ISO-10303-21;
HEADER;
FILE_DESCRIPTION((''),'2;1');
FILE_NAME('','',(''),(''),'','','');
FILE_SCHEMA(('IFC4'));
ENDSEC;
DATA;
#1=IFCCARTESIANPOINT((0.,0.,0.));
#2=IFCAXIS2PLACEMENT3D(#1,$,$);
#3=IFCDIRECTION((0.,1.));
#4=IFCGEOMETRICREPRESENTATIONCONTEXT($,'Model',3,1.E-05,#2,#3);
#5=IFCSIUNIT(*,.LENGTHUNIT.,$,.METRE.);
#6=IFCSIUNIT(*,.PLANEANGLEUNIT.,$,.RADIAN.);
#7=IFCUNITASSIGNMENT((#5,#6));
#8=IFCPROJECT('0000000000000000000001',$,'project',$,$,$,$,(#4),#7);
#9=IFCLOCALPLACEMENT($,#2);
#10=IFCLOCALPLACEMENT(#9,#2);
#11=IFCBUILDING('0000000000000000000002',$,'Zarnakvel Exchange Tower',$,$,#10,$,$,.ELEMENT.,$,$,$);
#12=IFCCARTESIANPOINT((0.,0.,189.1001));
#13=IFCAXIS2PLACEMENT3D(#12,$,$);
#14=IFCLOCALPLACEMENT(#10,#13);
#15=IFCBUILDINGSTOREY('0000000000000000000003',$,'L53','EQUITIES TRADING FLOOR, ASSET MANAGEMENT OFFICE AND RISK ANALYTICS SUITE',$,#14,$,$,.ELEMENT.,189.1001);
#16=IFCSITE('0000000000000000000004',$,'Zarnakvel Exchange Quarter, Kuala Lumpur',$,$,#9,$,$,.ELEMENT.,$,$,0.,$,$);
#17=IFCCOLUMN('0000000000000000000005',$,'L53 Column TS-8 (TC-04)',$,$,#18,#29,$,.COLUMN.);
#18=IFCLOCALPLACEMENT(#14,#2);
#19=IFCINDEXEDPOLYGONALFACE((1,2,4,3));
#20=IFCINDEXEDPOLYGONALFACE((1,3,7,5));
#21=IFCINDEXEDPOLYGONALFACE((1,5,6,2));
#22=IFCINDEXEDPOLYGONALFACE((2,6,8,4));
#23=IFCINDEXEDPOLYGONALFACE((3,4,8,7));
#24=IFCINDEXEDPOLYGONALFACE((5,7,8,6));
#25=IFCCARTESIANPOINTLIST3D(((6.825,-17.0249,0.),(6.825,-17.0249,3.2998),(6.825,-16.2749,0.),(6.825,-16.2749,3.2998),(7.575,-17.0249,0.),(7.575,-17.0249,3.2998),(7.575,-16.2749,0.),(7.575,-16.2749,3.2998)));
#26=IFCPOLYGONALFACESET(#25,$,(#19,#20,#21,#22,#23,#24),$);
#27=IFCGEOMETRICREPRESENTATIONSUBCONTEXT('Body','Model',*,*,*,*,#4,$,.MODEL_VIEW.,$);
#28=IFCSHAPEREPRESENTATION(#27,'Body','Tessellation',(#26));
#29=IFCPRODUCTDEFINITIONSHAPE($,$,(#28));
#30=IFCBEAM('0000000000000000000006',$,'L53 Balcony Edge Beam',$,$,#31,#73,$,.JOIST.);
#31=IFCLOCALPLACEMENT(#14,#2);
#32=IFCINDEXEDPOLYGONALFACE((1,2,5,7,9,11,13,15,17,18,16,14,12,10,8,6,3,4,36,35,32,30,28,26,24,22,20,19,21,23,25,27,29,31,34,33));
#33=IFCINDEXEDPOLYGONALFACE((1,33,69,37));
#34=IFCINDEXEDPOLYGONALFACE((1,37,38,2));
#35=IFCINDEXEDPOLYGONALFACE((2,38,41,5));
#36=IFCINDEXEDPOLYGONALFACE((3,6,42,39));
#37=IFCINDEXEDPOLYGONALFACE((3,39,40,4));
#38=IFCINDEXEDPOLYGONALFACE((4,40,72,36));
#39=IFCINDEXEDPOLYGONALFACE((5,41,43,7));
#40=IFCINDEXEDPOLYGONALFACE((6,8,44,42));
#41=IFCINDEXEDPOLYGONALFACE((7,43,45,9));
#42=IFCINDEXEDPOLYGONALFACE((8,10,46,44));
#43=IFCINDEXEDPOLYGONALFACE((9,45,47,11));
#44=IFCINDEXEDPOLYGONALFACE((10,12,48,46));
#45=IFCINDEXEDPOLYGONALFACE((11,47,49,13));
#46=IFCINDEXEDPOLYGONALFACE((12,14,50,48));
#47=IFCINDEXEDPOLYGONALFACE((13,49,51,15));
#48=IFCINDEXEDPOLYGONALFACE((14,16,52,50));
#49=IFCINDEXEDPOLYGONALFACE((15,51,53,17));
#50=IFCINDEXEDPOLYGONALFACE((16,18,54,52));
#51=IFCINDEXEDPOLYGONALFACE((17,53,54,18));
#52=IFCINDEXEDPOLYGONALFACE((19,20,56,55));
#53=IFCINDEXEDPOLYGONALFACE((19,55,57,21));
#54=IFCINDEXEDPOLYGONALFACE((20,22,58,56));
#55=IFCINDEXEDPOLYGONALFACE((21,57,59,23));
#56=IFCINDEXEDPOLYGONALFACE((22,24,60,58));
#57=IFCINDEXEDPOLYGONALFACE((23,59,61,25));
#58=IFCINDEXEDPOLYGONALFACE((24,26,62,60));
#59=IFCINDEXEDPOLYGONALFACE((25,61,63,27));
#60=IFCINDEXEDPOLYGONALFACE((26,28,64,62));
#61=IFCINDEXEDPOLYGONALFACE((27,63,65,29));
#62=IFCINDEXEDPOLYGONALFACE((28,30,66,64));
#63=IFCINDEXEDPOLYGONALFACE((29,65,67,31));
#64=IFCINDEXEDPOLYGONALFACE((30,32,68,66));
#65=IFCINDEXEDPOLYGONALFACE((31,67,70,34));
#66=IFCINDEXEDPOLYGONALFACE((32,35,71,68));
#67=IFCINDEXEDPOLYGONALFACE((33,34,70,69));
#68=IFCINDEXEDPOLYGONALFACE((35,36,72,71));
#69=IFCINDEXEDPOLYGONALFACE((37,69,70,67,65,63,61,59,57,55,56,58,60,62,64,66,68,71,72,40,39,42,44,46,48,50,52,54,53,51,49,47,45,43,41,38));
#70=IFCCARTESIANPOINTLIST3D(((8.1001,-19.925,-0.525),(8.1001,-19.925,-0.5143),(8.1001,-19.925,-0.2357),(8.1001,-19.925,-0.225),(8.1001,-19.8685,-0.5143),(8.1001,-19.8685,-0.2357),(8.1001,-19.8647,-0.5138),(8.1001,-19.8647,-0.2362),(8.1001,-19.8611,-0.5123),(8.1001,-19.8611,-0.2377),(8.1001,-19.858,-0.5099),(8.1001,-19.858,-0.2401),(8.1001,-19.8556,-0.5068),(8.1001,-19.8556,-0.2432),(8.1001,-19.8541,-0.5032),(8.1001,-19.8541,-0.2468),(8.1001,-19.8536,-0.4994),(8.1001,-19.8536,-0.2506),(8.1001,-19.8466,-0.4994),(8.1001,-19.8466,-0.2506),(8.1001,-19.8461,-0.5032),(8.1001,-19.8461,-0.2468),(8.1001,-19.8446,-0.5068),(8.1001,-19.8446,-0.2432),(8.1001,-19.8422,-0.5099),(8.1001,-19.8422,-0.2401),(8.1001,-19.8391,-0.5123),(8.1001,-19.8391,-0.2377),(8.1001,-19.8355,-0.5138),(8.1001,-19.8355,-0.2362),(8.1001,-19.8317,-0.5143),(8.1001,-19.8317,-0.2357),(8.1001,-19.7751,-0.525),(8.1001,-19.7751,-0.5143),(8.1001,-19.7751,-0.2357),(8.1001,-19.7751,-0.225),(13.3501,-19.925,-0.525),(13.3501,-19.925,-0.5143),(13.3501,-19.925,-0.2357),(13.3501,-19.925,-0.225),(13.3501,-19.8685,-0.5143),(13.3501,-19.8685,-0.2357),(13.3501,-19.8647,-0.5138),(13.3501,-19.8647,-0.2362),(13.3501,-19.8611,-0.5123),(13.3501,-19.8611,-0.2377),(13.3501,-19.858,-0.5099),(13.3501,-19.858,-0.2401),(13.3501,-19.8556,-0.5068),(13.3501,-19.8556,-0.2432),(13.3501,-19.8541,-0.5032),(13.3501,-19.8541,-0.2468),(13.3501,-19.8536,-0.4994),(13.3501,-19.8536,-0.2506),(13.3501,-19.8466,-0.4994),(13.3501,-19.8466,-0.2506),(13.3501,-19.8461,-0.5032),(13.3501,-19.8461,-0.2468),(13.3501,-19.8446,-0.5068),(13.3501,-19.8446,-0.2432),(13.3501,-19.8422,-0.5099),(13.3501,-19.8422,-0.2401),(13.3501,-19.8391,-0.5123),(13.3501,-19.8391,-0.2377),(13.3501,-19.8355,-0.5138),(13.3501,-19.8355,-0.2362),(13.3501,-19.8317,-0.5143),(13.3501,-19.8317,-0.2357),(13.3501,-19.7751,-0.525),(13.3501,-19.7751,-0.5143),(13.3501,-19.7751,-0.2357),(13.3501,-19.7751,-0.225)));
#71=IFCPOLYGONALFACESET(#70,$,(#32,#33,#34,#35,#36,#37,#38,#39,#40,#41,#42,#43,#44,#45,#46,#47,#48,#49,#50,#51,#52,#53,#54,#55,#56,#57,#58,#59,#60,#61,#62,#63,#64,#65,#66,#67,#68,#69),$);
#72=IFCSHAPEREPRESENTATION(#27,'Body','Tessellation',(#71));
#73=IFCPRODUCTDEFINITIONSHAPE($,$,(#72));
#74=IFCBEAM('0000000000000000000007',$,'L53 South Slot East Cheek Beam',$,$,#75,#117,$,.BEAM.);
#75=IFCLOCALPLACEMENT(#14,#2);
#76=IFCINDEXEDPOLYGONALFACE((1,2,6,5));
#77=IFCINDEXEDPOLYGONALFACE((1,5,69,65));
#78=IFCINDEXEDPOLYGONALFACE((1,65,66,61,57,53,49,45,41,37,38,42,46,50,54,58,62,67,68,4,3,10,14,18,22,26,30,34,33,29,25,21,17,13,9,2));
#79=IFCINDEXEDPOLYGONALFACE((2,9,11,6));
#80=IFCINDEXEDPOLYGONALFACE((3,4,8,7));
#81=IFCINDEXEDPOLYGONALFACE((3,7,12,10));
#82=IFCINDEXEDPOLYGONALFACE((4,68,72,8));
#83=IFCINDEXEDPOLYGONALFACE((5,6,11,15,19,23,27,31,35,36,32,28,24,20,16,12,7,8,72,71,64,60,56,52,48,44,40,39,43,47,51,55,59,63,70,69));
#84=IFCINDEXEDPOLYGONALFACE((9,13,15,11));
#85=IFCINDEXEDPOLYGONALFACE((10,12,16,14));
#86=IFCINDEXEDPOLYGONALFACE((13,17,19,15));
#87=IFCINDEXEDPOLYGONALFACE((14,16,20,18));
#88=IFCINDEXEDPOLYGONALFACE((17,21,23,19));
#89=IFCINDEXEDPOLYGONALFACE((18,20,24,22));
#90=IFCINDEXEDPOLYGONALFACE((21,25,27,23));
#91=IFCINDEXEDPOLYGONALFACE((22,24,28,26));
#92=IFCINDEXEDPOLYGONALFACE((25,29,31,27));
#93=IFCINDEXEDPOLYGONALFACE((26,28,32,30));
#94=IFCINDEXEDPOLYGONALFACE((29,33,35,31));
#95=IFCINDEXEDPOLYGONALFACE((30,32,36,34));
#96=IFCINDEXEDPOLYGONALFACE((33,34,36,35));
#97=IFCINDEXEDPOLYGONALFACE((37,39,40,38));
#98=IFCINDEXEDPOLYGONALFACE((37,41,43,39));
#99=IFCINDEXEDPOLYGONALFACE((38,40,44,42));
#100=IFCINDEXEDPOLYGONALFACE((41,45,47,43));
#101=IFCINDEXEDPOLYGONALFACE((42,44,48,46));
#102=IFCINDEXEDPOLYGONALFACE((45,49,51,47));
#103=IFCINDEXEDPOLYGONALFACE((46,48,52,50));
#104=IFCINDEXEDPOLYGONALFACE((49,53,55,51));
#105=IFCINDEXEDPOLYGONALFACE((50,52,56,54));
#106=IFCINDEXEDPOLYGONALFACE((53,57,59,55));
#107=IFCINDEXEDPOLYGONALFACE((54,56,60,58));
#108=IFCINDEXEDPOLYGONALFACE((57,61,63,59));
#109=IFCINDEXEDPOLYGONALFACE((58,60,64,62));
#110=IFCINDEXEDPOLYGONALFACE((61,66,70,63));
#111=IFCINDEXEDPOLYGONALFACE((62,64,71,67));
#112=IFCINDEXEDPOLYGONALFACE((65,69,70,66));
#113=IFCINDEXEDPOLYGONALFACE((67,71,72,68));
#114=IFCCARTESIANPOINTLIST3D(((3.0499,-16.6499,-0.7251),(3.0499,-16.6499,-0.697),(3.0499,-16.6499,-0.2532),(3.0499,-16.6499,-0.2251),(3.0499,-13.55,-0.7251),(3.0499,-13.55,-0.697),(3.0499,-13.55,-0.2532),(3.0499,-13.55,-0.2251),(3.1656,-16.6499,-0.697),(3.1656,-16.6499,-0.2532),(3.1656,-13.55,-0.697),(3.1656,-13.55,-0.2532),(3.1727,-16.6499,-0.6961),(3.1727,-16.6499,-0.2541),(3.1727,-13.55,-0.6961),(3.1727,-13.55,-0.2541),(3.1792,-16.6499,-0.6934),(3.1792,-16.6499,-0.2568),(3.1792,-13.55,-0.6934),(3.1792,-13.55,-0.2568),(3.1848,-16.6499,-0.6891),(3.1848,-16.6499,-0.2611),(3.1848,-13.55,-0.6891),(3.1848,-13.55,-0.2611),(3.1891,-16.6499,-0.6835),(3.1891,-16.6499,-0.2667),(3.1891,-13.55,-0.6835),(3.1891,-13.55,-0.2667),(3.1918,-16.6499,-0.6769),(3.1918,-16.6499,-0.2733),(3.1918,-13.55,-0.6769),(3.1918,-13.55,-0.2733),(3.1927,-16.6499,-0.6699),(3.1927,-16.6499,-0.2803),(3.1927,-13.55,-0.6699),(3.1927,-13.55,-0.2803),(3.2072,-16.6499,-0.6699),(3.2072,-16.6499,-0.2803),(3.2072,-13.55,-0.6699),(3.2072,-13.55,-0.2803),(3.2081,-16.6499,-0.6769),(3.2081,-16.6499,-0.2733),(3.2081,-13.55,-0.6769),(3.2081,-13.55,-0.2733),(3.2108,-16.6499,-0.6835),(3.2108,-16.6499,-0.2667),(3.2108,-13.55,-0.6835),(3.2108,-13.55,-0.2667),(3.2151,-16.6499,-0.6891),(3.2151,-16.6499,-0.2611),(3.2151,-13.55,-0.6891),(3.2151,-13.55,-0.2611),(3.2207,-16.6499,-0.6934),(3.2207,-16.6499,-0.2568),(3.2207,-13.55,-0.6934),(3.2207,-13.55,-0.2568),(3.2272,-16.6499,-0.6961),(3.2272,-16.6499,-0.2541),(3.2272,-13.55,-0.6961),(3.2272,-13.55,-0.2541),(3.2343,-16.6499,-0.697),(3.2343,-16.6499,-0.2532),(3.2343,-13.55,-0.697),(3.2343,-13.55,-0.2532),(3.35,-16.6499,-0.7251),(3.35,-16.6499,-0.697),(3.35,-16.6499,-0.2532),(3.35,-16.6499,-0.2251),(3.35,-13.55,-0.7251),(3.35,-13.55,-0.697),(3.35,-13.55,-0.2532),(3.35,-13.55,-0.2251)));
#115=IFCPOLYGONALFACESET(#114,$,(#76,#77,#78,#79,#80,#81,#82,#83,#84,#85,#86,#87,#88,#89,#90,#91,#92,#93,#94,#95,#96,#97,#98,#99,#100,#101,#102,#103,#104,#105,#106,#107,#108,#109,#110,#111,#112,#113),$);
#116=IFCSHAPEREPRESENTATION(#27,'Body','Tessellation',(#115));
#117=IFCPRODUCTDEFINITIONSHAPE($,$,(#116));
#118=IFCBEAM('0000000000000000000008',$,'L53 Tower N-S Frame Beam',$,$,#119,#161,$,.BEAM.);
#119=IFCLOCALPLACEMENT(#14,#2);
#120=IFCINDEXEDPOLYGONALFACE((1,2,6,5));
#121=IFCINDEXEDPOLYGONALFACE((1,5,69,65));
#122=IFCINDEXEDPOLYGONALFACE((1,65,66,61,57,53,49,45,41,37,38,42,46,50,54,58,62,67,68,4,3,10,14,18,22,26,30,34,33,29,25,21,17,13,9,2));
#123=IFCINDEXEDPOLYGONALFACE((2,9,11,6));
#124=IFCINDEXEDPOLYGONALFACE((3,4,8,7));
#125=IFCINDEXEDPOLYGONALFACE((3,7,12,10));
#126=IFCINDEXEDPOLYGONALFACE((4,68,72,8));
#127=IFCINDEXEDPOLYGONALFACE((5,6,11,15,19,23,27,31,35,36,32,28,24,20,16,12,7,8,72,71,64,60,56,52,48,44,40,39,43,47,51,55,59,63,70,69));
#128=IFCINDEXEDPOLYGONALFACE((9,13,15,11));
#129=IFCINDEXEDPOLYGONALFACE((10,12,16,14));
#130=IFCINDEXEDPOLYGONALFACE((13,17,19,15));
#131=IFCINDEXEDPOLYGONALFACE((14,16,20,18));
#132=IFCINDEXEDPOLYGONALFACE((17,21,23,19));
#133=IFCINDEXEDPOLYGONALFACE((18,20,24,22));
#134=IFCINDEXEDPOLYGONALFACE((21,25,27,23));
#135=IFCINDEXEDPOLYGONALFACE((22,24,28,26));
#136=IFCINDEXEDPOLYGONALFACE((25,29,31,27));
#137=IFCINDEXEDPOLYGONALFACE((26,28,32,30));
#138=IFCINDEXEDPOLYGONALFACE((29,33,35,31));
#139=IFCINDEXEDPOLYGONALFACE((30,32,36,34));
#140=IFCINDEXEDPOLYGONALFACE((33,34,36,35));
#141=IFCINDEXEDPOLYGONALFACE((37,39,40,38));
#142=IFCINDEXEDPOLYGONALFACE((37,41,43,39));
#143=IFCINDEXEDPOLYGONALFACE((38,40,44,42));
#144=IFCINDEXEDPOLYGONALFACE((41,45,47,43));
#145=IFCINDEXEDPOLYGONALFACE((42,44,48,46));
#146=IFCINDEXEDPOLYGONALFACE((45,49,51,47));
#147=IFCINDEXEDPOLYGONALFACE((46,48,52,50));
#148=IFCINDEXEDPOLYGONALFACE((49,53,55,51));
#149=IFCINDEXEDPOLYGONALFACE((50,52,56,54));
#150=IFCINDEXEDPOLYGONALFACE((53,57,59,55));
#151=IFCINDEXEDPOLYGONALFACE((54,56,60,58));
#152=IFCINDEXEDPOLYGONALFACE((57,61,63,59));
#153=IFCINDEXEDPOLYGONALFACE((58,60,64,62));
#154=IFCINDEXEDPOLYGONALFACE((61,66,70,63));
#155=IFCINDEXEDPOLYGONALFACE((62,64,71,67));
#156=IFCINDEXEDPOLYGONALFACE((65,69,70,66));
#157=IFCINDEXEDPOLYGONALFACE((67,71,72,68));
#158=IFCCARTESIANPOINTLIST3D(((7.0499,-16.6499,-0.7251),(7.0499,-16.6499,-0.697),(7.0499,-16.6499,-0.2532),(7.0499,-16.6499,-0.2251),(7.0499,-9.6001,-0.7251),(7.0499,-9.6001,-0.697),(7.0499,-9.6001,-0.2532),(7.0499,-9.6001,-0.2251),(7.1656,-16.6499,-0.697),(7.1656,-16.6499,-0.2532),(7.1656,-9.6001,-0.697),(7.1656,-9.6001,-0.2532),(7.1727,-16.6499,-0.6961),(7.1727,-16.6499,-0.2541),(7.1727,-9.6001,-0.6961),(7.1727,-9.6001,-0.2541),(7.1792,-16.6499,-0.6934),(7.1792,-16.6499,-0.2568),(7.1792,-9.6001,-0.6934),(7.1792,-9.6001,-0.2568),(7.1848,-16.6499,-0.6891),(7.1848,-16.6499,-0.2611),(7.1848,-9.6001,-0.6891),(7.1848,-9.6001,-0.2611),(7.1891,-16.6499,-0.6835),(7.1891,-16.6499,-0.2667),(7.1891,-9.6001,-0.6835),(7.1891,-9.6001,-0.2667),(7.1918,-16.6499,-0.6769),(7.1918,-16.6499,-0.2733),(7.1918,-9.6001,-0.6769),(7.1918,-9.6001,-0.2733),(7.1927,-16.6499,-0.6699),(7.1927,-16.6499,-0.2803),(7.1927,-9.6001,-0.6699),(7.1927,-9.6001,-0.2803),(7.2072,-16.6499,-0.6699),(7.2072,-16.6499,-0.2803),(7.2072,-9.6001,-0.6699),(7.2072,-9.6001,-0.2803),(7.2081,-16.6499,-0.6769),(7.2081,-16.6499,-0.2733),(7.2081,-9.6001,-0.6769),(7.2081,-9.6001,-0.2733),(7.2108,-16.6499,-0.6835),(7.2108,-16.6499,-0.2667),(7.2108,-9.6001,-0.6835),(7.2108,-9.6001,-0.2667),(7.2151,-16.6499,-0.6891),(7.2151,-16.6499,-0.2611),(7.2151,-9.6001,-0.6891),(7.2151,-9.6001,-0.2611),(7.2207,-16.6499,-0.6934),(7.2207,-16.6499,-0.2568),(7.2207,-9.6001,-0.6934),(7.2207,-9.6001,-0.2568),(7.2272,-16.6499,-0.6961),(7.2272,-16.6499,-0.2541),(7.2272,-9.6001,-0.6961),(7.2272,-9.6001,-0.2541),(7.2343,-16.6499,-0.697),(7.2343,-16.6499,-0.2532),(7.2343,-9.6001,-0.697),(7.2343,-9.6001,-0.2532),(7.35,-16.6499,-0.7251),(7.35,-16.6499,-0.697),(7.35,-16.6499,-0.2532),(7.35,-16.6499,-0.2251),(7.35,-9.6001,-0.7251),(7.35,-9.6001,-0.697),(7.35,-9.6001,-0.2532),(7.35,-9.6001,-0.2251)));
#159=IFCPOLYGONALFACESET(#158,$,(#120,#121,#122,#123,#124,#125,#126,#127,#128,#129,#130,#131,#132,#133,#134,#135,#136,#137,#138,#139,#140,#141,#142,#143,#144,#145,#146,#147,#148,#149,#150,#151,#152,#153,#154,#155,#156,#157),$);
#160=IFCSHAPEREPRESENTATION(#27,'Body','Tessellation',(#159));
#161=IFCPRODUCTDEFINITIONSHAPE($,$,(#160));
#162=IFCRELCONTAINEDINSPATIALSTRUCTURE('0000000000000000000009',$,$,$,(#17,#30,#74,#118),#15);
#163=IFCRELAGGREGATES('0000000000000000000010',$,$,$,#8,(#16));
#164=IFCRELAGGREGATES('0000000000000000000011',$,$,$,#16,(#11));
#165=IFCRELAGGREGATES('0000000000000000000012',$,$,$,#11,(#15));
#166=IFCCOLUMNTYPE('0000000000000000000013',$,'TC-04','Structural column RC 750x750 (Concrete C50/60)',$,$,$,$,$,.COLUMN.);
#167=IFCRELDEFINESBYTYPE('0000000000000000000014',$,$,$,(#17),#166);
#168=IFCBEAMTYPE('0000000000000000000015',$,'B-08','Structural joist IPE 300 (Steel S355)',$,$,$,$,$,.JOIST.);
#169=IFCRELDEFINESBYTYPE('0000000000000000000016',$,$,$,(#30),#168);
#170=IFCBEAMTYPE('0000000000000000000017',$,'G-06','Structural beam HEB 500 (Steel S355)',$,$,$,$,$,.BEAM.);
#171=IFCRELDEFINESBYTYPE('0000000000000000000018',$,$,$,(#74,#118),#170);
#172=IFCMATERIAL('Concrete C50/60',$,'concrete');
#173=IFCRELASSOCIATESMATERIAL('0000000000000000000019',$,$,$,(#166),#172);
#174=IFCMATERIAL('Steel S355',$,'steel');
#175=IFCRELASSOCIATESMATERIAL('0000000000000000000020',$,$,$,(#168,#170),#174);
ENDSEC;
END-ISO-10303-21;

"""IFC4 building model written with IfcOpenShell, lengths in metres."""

from ifc_helpers import new_model, si_unit, direction, frame, origin, origin_2d, place, context, subcontext, project, spatial, rectangle, i_section, extrude, material, material_profile, profile_set, type_object, element, save


model = new_model("IFC4")

# Units and contexts
model_context = context("Model", 3, precision=1e-05, world=origin(), true_north=direction((0.0, 1.0)))
body_context = subcontext(model_context, "Body", "Model", "MODEL_VIEW")
ifc_project = project(units=[si_unit("LENGTHUNIT", "METRE"), si_unit("PLANEANGLEUNIT", "RADIAN")], contexts=[model_context])

# Site, building, storey
site_placement = place(None, origin())
site = spatial("IfcSite", under=ifc_project, at=site_placement, Name="Zarnakvel Exchange Quarter, Kuala Lumpur", CompositionType="ELEMENT", RefElevation=0.0)
building_placement = place(site_placement, origin())
building = spatial("IfcBuilding", under=site, at=building_placement, Name="Zarnakvel Exchange Tower", CompositionType="ELEMENT")
storey_placement = place(building_placement, frame((0.0, 0.0, 189.1001)))
storey = spatial("IfcBuildingStorey", under=building, at=storey_placement, Name="L53", Description="EQUITIES TRADING FLOOR, ASSET MANAGEMENT OFFICE AND RISK ANALYTICS SUITE", CompositionType="ELEMENT", Elevation=189.1001)

# Column
ifc_material_1 = material(Name="Concrete C50/60", Category="concrete")
ifc_material_profile_1 = material_profile(ifc_material_1, rectangle(XDim=0.75, YDim=0.75, at=origin_2d()))
ifc_profile_set_1 = profile_set([ifc_material_profile_1], Name="Concrete C50/60")
column_type = type_object("IfcColumnType", Name="TC-04", Description="Structural column RC 750x750 (Concrete C50/60)", PredefinedType="COLUMN", material=ifc_profile_set_1)
column_placement = place(storey_placement, frame((7.2, -16.6499, 0.0), z_axis=(0.0, 0.0, 1.0), x_axis=(1.0, 0.0, 0.0)))
element("IfcColumn", 1, at=column_placement, inside=storey, type_object=column_type, Name="L53 Column TS-8 (TC-04)", PredefinedType="COLUMN", context=body_context, shape_type="SweptSolid", body=[
    extrude(rectangle(XDim=0.75, YDim=0.75, at=origin_2d()), origin(), (0.0, 0.0, 1.0), 3.2998),
])

# Beams
ifc_material_2 = material(Name="Steel S355", Category="steel")
ifc_material_profile_2 = material_profile(ifc_material_2, i_section(OverallWidth=0.1499, OverallDepth=0.3, WebThickness=0.0071, FlangeThickness=0.0107, FilletRadius=0.0149, at=origin_2d()))
ifc_profile_set_2 = profile_set([ifc_material_profile_2], Name="Steel S355")
beam_type_1 = type_object("IfcBeamType", Name="B-08", Description="Structural joist IPE 300 (Steel S355)", PredefinedType="JOIST", material=ifc_profile_set_2)
beam_1_placement = place(storey_placement, frame((8.1001, -19.8501, -0.375), z_axis=(1.0, 0.0, 0.0), x_axis=(0.0, 1.0, 0.0)))
element("IfcBeam", 2, at=beam_1_placement, inside=storey, type_object=beam_type_1, Name="L53 Balcony Edge Beam", PredefinedType="JOIST", context=body_context, shape_type="SweptSolid", body=[
    extrude(i_section(OverallWidth=0.1499, OverallDepth=0.3, WebThickness=0.0071, FlangeThickness=0.0107, FilletRadius=0.0149, at=origin_2d()), origin(), (0.0, 0.0, 1.0), 5.25),
])
ifc_material_profile_3 = material_profile(ifc_material_2, i_section(OverallWidth=0.3, OverallDepth=0.5, WebThickness=0.0144, FlangeThickness=0.0281, FilletRadius=0.0271, at=origin_2d()))
ifc_profile_set_3 = profile_set([ifc_material_profile_3], Name="Steel S355")
beam_type_2 = type_object("IfcBeamType", Name="G-06", Description="Structural beam HEB 500 (Steel S355)", PredefinedType="BEAM", material=ifc_profile_set_3)
beam_2_placement = place(storey_placement, frame((3.2, -16.6499, -0.4751), z_axis=(0.0, 1.0, 0.0), x_axis=(-1.0, 0.0, 0.0)))
element("IfcBeam", 3, at=beam_2_placement, inside=storey, type_object=beam_type_2, Name="L53 South Slot East Cheek Beam", PredefinedType="BEAM", context=body_context, shape_type="SweptSolid", body=[
    extrude(i_section(OverallWidth=0.3, OverallDepth=0.5, WebThickness=0.0144, FlangeThickness=0.0281, FilletRadius=0.0271, at=origin_2d()), origin(), (0.0, 0.0, 1.0), 3.0999),
])
beam_3_placement = place(storey_placement, frame((7.2, -16.6499, -0.4751), z_axis=(0.0, 1.0, 0.0), x_axis=(-1.0, 0.0, 0.0)))
element("IfcBeam", 4, at=beam_3_placement, inside=storey, type_object=beam_type_2, Name="L53 Tower N-S Frame Beam", PredefinedType="BEAM", context=body_context, shape_type="SweptSolid", body=[
    extrude(i_section(OverallWidth=0.3, OverallDepth=0.5, WebThickness=0.0144, FlangeThickness=0.0281, FilletRadius=0.0271, at=origin_2d()), origin(), (0.0, 0.0, 1.0), 7.0498),
])

save(model, "model.ifc")
